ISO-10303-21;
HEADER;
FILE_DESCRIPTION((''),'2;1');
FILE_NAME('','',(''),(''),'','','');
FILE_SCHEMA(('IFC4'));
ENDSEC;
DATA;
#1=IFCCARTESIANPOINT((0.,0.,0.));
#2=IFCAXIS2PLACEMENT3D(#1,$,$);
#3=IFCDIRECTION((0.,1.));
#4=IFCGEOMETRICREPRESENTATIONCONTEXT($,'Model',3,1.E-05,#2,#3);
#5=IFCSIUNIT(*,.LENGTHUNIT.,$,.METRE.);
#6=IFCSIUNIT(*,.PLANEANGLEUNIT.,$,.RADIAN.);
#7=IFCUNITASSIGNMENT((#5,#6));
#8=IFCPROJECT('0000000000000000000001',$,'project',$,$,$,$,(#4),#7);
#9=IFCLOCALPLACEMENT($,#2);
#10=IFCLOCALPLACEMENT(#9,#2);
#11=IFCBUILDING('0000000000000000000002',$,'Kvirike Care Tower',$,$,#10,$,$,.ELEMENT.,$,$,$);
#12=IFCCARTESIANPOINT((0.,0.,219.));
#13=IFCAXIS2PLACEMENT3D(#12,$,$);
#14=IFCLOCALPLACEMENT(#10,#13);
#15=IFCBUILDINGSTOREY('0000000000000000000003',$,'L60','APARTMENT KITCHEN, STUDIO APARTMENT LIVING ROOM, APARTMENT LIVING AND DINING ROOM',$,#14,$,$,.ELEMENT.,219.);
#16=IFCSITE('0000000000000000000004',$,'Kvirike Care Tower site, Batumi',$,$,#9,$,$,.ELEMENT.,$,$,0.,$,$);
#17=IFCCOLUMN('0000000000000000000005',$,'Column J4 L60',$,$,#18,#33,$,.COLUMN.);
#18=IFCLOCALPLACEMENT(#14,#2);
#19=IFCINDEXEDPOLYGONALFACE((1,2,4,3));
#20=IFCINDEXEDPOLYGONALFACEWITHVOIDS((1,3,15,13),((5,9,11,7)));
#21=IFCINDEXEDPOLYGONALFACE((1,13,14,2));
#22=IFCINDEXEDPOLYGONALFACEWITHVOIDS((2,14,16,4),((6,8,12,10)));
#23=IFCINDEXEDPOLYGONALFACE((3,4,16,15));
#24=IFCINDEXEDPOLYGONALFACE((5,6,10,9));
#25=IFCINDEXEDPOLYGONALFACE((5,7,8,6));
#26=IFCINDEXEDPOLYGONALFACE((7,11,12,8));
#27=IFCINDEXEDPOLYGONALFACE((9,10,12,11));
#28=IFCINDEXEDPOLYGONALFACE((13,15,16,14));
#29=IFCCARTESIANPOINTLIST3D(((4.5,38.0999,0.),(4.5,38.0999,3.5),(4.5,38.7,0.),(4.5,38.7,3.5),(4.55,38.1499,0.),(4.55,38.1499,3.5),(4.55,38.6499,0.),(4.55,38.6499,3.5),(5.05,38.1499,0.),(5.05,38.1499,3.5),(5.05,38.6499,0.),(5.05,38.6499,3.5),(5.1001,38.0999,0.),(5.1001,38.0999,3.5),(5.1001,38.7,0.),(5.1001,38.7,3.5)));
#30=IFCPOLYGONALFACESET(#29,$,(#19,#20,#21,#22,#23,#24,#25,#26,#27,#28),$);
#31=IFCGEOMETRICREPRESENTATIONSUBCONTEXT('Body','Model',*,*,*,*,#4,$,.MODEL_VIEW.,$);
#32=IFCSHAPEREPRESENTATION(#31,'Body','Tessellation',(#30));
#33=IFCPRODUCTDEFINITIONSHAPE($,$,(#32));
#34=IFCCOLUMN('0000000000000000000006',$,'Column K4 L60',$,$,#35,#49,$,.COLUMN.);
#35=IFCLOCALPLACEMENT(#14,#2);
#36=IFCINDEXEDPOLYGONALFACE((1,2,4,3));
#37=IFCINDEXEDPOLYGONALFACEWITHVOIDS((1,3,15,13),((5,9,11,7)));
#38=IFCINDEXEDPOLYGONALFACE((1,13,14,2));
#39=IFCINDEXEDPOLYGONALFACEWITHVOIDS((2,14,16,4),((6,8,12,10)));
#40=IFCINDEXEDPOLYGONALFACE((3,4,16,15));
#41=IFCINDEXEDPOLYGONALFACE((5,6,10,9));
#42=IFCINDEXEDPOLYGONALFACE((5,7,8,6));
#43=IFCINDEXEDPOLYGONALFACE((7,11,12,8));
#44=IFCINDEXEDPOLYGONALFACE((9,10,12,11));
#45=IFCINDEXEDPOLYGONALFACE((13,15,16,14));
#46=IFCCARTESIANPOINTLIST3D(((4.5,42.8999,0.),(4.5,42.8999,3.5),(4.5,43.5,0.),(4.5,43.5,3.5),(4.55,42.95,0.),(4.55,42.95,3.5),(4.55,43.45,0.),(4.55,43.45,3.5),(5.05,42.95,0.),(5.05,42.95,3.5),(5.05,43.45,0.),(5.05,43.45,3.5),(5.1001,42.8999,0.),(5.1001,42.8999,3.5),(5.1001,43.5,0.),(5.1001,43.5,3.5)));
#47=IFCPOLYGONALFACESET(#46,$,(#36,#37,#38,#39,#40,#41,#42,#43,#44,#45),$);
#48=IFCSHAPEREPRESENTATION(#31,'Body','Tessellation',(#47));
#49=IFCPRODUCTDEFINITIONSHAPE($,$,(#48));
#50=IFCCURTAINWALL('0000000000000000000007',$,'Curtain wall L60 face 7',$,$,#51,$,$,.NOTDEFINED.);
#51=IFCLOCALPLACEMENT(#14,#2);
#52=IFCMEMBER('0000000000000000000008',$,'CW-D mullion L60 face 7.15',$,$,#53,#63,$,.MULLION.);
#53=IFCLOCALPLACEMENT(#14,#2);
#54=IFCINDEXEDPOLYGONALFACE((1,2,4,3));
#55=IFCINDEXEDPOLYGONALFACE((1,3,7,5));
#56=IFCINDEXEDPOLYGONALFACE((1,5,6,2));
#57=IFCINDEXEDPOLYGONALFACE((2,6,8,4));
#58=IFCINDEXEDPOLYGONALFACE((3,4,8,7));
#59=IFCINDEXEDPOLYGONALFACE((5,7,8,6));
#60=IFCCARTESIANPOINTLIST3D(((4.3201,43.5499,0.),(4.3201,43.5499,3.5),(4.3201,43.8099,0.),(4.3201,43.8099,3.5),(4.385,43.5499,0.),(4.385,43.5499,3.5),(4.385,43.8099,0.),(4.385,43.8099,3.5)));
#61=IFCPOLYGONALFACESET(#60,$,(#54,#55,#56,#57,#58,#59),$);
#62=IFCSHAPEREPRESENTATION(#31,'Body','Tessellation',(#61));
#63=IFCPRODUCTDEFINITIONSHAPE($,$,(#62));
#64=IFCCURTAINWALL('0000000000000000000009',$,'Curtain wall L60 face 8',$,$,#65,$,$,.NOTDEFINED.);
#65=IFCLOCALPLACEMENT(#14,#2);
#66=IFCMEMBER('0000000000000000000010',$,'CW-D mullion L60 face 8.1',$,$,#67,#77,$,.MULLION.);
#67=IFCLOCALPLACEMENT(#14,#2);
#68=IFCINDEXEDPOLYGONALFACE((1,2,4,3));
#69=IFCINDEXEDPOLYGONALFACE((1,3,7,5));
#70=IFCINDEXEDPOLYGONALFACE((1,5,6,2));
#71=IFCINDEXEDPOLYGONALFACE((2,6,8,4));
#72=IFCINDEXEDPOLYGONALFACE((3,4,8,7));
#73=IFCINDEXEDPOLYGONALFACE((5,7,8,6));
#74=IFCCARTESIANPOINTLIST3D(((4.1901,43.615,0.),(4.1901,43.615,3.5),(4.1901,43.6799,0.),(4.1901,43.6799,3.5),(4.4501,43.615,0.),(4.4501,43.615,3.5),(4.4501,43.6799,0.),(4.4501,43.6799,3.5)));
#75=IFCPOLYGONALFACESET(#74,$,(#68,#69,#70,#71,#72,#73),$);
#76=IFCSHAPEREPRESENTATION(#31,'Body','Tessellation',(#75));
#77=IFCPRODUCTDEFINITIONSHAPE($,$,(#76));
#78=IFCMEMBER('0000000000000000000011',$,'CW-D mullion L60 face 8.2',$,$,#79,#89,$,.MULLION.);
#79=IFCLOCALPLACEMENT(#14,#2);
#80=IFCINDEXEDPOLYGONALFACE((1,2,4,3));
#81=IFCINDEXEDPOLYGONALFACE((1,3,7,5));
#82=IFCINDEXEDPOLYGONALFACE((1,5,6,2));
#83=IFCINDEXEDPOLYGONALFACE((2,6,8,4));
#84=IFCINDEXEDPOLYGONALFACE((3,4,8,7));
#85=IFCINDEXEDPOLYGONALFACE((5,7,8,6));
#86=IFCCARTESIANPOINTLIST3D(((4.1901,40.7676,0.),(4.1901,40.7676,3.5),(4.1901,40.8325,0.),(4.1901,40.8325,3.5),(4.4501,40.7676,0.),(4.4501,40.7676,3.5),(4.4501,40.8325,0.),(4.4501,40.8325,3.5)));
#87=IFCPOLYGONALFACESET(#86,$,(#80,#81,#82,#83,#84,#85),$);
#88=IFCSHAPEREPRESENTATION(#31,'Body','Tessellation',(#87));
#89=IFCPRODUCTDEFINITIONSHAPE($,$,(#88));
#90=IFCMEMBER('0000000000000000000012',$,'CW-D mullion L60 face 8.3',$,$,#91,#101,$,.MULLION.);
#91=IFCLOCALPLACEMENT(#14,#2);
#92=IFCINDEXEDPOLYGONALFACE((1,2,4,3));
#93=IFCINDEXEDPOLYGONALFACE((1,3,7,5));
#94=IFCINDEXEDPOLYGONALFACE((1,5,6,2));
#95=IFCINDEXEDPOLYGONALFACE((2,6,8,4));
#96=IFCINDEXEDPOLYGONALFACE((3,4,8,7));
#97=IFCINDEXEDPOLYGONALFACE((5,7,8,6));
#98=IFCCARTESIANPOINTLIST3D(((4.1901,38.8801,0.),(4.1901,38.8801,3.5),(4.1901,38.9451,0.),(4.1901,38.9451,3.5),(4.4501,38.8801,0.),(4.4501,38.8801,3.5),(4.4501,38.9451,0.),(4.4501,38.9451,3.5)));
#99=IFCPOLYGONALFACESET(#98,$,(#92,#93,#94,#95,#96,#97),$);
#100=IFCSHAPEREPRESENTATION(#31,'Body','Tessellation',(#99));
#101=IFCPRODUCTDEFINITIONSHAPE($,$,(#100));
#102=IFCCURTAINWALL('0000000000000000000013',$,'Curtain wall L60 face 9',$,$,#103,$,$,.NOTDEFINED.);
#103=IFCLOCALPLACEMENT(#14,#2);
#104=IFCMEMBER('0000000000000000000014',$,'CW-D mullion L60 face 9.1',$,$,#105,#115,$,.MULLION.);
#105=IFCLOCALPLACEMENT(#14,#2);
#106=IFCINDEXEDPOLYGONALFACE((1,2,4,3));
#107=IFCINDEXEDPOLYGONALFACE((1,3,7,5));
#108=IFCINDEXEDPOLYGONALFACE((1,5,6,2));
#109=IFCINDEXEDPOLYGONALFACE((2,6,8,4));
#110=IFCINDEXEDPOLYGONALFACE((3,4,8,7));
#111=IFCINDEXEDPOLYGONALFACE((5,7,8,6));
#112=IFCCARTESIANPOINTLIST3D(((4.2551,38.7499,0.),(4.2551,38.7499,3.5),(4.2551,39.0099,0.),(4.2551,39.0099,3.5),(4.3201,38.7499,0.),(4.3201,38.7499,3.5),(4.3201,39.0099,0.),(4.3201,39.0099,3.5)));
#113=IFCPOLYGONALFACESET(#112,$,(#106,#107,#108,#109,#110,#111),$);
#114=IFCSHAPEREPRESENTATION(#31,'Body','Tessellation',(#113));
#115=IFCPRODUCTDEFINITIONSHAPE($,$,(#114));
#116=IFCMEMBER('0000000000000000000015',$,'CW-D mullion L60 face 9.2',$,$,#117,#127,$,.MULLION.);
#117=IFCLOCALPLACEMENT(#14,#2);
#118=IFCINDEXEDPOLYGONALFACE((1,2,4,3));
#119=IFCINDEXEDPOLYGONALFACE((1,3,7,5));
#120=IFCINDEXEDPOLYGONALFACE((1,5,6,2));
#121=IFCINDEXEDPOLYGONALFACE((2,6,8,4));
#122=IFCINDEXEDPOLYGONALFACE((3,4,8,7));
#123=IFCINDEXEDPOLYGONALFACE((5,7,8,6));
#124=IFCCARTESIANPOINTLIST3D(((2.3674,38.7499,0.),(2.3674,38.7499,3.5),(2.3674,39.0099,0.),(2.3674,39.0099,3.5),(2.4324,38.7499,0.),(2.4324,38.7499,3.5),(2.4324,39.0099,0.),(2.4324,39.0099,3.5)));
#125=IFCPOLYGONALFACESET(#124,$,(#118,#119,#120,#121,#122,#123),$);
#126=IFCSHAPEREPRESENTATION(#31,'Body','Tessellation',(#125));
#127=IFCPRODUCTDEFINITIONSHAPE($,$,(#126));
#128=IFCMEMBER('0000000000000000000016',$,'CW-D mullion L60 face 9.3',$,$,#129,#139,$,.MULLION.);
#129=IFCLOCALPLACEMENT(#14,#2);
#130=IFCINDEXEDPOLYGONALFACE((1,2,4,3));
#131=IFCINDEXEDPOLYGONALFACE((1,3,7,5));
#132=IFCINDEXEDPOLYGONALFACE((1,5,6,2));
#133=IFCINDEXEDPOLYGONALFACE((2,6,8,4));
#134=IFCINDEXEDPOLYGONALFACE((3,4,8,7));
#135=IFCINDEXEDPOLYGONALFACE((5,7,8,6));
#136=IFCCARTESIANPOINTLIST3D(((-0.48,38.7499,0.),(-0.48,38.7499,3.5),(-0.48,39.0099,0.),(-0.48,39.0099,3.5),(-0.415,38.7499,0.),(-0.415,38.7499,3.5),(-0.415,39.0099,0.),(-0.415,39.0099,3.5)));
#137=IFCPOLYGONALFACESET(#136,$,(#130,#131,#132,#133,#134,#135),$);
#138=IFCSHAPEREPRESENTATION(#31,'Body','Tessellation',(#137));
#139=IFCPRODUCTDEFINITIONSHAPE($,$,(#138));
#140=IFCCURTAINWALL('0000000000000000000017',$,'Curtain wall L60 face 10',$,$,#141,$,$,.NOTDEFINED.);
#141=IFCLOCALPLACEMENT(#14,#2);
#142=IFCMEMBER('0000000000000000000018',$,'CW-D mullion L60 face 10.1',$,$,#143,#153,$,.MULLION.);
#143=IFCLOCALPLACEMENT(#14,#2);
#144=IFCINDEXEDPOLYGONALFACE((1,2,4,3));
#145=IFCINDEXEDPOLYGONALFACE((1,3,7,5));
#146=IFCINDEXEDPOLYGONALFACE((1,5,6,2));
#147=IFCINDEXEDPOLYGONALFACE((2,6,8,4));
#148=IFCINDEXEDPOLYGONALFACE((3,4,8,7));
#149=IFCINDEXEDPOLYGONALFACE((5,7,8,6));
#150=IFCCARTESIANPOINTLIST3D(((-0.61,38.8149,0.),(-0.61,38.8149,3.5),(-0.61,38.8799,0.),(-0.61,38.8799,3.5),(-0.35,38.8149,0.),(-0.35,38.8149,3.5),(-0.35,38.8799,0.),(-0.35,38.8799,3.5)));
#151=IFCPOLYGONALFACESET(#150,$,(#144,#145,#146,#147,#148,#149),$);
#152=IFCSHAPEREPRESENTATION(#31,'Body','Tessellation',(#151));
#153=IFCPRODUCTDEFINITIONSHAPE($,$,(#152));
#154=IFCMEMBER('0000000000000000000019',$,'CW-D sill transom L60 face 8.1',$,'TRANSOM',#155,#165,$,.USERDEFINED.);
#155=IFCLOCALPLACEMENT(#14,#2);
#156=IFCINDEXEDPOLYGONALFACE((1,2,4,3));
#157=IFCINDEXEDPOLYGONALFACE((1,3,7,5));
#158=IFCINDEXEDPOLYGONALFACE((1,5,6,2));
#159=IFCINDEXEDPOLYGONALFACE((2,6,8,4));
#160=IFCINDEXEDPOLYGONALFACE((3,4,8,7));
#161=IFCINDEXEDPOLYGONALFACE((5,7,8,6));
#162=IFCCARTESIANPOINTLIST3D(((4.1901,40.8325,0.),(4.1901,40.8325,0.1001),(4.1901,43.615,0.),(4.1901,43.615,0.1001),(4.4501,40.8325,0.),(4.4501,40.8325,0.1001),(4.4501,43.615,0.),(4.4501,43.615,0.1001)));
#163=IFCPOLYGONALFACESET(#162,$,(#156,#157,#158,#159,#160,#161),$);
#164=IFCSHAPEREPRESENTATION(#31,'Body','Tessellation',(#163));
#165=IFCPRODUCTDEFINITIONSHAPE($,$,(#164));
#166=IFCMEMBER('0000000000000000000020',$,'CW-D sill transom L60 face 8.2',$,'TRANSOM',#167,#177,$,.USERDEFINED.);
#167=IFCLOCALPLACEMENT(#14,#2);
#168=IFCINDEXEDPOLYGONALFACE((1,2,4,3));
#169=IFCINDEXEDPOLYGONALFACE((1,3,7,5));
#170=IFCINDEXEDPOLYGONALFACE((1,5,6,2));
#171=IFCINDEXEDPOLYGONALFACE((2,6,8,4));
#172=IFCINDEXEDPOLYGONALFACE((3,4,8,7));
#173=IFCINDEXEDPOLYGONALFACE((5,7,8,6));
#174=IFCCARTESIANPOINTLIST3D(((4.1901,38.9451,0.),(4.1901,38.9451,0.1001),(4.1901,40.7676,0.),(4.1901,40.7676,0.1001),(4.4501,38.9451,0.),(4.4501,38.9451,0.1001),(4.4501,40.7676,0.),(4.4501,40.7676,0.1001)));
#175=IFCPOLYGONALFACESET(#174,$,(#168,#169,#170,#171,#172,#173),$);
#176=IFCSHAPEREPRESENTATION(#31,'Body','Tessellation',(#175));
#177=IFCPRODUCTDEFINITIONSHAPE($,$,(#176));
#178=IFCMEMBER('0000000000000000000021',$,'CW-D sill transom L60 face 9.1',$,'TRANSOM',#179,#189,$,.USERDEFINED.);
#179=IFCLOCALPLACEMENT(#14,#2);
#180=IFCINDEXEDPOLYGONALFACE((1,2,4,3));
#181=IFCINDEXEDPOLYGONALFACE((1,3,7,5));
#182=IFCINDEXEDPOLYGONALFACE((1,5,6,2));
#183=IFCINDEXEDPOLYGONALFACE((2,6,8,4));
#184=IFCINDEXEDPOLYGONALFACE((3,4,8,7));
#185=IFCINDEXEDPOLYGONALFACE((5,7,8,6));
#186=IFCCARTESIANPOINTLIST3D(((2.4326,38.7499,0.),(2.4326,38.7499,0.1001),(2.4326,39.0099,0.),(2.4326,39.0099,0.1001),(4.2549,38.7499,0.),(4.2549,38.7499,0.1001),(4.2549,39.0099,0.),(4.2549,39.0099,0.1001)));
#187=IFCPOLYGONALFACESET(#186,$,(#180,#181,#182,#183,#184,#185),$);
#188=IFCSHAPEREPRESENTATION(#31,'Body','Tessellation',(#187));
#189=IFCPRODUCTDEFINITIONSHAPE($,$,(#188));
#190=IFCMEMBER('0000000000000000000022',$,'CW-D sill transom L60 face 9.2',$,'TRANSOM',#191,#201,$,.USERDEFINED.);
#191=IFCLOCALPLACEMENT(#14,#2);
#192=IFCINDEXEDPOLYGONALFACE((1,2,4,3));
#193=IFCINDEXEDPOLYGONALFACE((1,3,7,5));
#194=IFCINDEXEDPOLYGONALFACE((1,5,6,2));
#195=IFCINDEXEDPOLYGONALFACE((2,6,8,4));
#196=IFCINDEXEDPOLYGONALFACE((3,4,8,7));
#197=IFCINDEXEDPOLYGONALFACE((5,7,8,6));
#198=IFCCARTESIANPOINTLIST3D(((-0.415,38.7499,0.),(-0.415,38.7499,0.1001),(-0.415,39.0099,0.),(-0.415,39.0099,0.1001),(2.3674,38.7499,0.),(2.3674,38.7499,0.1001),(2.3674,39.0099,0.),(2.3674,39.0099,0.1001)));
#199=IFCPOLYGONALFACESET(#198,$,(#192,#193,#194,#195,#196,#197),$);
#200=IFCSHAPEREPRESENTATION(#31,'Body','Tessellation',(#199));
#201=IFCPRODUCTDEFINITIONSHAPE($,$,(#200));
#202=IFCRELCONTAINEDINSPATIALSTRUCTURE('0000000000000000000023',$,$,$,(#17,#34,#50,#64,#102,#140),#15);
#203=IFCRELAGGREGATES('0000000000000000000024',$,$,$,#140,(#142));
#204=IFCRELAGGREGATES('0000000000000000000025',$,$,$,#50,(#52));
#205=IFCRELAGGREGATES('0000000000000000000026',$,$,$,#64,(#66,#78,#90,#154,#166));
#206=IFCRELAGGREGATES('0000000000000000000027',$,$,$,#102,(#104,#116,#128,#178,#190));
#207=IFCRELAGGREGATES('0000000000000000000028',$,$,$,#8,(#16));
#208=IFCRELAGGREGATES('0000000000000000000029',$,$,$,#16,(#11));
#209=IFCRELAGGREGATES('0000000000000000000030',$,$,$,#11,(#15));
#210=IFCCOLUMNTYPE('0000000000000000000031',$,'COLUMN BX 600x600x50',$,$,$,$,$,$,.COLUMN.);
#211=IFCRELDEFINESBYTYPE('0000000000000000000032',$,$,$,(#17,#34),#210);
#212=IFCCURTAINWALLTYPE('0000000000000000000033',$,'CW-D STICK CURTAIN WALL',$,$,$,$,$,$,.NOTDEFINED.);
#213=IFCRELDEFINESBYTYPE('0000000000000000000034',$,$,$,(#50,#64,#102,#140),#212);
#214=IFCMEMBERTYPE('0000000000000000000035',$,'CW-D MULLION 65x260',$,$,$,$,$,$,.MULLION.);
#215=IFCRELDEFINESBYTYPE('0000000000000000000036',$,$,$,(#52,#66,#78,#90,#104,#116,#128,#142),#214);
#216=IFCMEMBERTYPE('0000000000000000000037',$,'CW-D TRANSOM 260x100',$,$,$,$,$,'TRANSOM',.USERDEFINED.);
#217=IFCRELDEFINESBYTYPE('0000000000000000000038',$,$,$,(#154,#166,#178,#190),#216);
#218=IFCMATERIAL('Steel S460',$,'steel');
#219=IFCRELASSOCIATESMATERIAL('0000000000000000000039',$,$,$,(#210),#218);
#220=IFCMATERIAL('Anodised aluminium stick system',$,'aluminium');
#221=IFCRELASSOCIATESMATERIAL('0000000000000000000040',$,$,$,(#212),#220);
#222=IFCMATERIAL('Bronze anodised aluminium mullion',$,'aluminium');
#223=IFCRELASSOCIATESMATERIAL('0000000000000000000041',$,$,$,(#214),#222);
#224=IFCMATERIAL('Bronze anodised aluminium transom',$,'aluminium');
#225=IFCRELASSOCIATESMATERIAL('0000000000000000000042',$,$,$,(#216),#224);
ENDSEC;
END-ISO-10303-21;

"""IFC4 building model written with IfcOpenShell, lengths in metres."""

from ifc_helpers import new_model, si_unit, direction, frame, origin, origin_2d, place, context, subcontext, project, spatial, rectangle, hollow_rectangle, extrude, material, material_profile, profile_set, type_object, element, aggregate, save


model = new_model("IFC4")

# Units and contexts
model_context = context("Model", 3, precision=1e-05, world=origin(), true_north=direction((0.0, 1.0)))
body_context = subcontext(model_context, "Body", "Model", "MODEL_VIEW")
ifc_project = project(units=[si_unit("LENGTHUNIT", "METRE"), si_unit("PLANEANGLEUNIT", "RADIAN")], contexts=[model_context])

# Site, building, storey
site_placement = place(None, origin())
site = spatial("IfcSite", under=ifc_project, at=site_placement, Name="Kvirike Care Tower site, Batumi", CompositionType="ELEMENT", RefElevation=0.0)
building_placement = place(site_placement, origin())
building = spatial("IfcBuilding", under=site, at=building_placement, Name="Kvirike Care Tower", CompositionType="ELEMENT")
storey_placement = place(building_placement, frame((0.0, 0.0, 219.0)))
storey = spatial("IfcBuildingStorey", under=building, at=storey_placement, Name="L60", Description="APARTMENT KITCHEN, STUDIO APARTMENT LIVING ROOM, APARTMENT LIVING AND DINING ROOM", CompositionType="ELEMENT", Elevation=219.0)

# Columns
ifc_material_1 = material(Name="Steel S460", Category="steel")
ifc_material_profile_1 = material_profile(ifc_material_1, hollow_rectangle(XDim=0.6001, YDim=0.6001, WallThickness=0.05, at=origin_2d()), Name="BX 600x600x50")
ifc_profile_set_1 = profile_set([ifc_material_profile_1], Name="Steel S460")
column_type = type_object("IfcColumnType", Name="COLUMN BX 600x600x50", PredefinedType="COLUMN", material=ifc_profile_set_1)
for number, where, z_axis, x_axis, name in (
    (1, (4.8, 38.3999, 0.0), (0.0, 0.0, 1.0), (0.0, 1.0, 0.0), "Column J4 L60"),
    (2, (4.8, 43.2, 0.0), (0.0, 0.0, 1.0), (0.0, 1.0, 0.0), "Column K4 L60"),
):
    element("IfcColumn", number, at=place(storey_placement, frame(where, z_axis=z_axis, x_axis=x_axis)), inside=storey, type_object=column_type, Name=name, PredefinedType="COLUMN", context=body_context, shape_type="SweptSolid", body=[
        extrude(hollow_rectangle(XDim=0.6001, YDim=0.6001, WallThickness=0.05, at=origin_2d()), origin(), (0.0, 0.0, 1.0), 3.5),
    ])

# Curtain wall, member
ifc_material_2 = material(Name="Anodised aluminium stick system", Category="aluminium")
curtain_wall_type = type_object("IfcCurtainWallType", Name="CW-D STICK CURTAIN WALL", PredefinedType="NOTDEFINED", material=ifc_material_2)
curtain_wall_1_placement = place(storey_placement, origin())
curtain_wall_1 = element("IfcCurtainWall", 3, at=curtain_wall_1_placement, inside=storey, type_object=curtain_wall_type, Name="Curtain wall L60 face 7", PredefinedType="NOTDEFINED")
ifc_material_3 = material(Name="Bronze anodised aluminium mullion", Category="aluminium")
ifc_material_profile_2 = material_profile(ifc_material_3, rectangle(XDim=0.0649, YDim=0.26, at=origin_2d()), Name="CW-D MULLION 65x260")
ifc_profile_set_2 = profile_set([ifc_material_profile_2], Name="Bronze anodised aluminium mullion")
member_type_1 = type_object("IfcMemberType", Name="CW-D MULLION 65x260", PredefinedType="MULLION", material=ifc_profile_set_2)
member_1_placement = place(storey_placement, frame((4.3525, 43.6799, 0.0), z_axis=(0.0, 0.0, 1.0), x_axis=(-1.0, 0.0, 0.0)))
member_1 = element("IfcMember", 4, at=member_1_placement, type_object=member_type_1, Name="CW-D mullion L60 face 7.15", PredefinedType="MULLION", context=body_context, shape_type="SweptSolid", body=[
    extrude(rectangle(XDim=0.0649, YDim=0.26, at=origin_2d()), origin(), (0.0, 0.0, 1.0), 3.5),
])

# Curtain walls, members
curtain_wall_2_placement = place(storey_placement, origin())
curtain_wall_2 = element("IfcCurtainWall", 5, at=curtain_wall_2_placement, inside=storey, type_object=curtain_wall_type, Name="Curtain wall L60 face 8", PredefinedType="NOTDEFINED")
member_2_placement = place(storey_placement, frame((4.3201, 43.6475, 0.0), z_axis=(0.0, 0.0, 1.0), x_axis=(0.0, -1.0, 0.0)))
member_2 = element("IfcMember", 6, at=member_2_placement, type_object=member_type_1, Name="CW-D mullion L60 face 8.1", PredefinedType="MULLION", context=body_context, shape_type="SweptSolid", body=[
    extrude(rectangle(XDim=0.0649, YDim=0.26, at=origin_2d()), origin(), (0.0, 0.0, 1.0), 3.5),
])
member_3_placement = place(storey_placement, frame((4.3201, 40.8, 0.0), z_axis=(0.0, 0.0, 1.0), x_axis=(0.0, -1.0, 0.0)))
member_3 = element("IfcMember", 7, at=member_3_placement, type_object=member_type_1, Name="CW-D mullion L60 face 8.2", PredefinedType="MULLION", context=body_context, shape_type="SweptSolid", body=[
    extrude(rectangle(XDim=0.0649, YDim=0.26, at=origin_2d()), origin(), (0.0, 0.0, 1.0), 3.5),
])
member_4_placement = place(storey_placement, frame((4.3201, 38.9126, 0.0), z_axis=(0.0, 0.0, 1.0), x_axis=(0.0, -1.0, 0.0)))
member_4 = element("IfcMember", 8, at=member_4_placement, type_object=member_type_1, Name="CW-D mullion L60 face 8.3", PredefinedType="MULLION", context=body_context, shape_type="SweptSolid", body=[
    extrude(rectangle(XDim=0.0649, YDim=0.26, at=origin_2d()), origin(), (0.0, 0.0, 1.0), 3.5),
])
curtain_wall_3_placement = place(storey_placement, origin())
curtain_wall_3 = element("IfcCurtainWall", 9, at=curtain_wall_3_placement, inside=storey, type_object=curtain_wall_type, Name="Curtain wall L60 face 9", PredefinedType="NOTDEFINED")
member_5_placement = place(storey_placement, frame((4.2876, 38.8799, 0.0), z_axis=(0.0, 0.0, 1.0), x_axis=(-1.0, 0.0, 0.0)))
member_5 = element("IfcMember", 10, at=member_5_placement, type_object=member_type_1, Name="CW-D mullion L60 face 9.1", PredefinedType="MULLION", context=body_context, shape_type="SweptSolid", body=[
    extrude(rectangle(XDim=0.0649, YDim=0.26, at=origin_2d()), origin(), (0.0, 0.0, 1.0), 3.5),
])
member_6_placement = place(storey_placement, frame((2.3999, 38.8799, 0.0), z_axis=(0.0, 0.0, 1.0), x_axis=(-1.0, 0.0, 0.0)))
member_6 = element("IfcMember", 11, at=member_6_placement, type_object=member_type_1, Name="CW-D mullion L60 face 9.2", PredefinedType="MULLION", context=body_context, shape_type="SweptSolid", body=[
    extrude(rectangle(XDim=0.0649, YDim=0.26, at=origin_2d()), origin(), (0.0, 0.0, 1.0), 3.5),
])
member_7_placement = place(storey_placement, frame((-0.4475, 38.8799, 0.0), z_axis=(0.0, 0.0, 1.0), x_axis=(-1.0, 0.0, 0.0)))
member_7 = element("IfcMember", 12, at=member_7_placement, type_object=member_type_1, Name="CW-D mullion L60 face 9.3", PredefinedType="MULLION", context=body_context, shape_type="SweptSolid", body=[
    extrude(rectangle(XDim=0.0649, YDim=0.26, at=origin_2d()), origin(), (0.0, 0.0, 1.0), 3.5),
])

# Curtain wall, member
curtain_wall_4_placement = place(storey_placement, origin())
curtain_wall_4 = element("IfcCurtainWall", 13, at=curtain_wall_4_placement, inside=storey, type_object=curtain_wall_type, Name="Curtain wall L60 face 10", PredefinedType="NOTDEFINED")
member_8_placement = place(storey_placement, frame((-0.48, 38.8474, 0.0), z_axis=(0.0, 0.0, 1.0), x_axis=(0.0, -1.0, 0.0)))
member_8 = element("IfcMember", 14, at=member_8_placement, type_object=member_type_1, Name="CW-D mullion L60 face 10.1", PredefinedType="MULLION", context=body_context, shape_type="SweptSolid", body=[
    extrude(rectangle(XDim=0.0649, YDim=0.26, at=origin_2d()), origin(), (0.0, 0.0, 1.0), 3.5),
])

# Members
ifc_material_4 = material(Name="Bronze anodised aluminium transom", Category="aluminium")
ifc_material_profile_3 = material_profile(ifc_material_4, rectangle(XDim=0.26, YDim=0.1001, at=origin_2d()), Name="CW-D TRANSOM 260x100")
ifc_profile_set_3 = profile_set([ifc_material_profile_3], Name="Bronze anodised aluminium transom")
member_type_2 = type_object("IfcMemberType", Name="CW-D TRANSOM 260x100", ElementType="TRANSOM", PredefinedType="USERDEFINED", material=ifc_profile_set_3)
member_9_placement = place(storey_placement, frame((4.3201, 43.615, 0.05), z_axis=(0.0, -1.0, 0.0), x_axis=(1.0, 0.0, 0.0)))
member_9 = element("IfcMember", 15, at=member_9_placement, type_object=member_type_2, Name="CW-D sill transom L60 face 8.1", ObjectType="TRANSOM", PredefinedType="USERDEFINED", context=body_context, shape_type="SweptSolid", body=[
    extrude(rectangle(XDim=0.26, YDim=0.1001, at=origin_2d()), origin(), (0.0, 0.0, 1.0), 2.7825),
])
member_10_placement = place(storey_placement, frame((4.3201, 40.7676, 0.05), z_axis=(0.0, -1.0, 0.0), x_axis=(1.0, 0.0, 0.0)))
member_10 = element("IfcMember", 16, at=member_10_placement, type_object=member_type_2, Name="CW-D sill transom L60 face 8.2", ObjectType="TRANSOM", PredefinedType="USERDEFINED", context=body_context, shape_type="SweptSolid", body=[
    extrude(rectangle(XDim=0.26, YDim=0.1001, at=origin_2d()), origin(), (0.0, 0.0, 1.0), 1.8225),
])
member_11_placement = place(storey_placement, frame((4.2549, 38.8799, 0.05), z_axis=(-1.0, 0.0, 0.0), x_axis=(0.0, -1.0, 0.0)))
member_11 = element("IfcMember", 17, at=member_11_placement, type_object=member_type_2, Name="CW-D sill transom L60 face 9.1", ObjectType="TRANSOM", PredefinedType="USERDEFINED", context=body_context, shape_type="SweptSolid", body=[
    extrude(rectangle(XDim=0.26, YDim=0.1001, at=origin_2d()), origin(), (0.0, 0.0, 1.0), 1.8223),
])
member_12_placement = place(storey_placement, frame((2.3674, 38.8799, 0.05), z_axis=(-1.0, 0.0, 0.0), x_axis=(0.0, -1.0, 0.0)))
member_12 = element("IfcMember", 18, at=member_12_placement, type_object=member_type_2, Name="CW-D sill transom L60 face 9.2", ObjectType="TRANSOM", PredefinedType="USERDEFINED", context=body_context, shape_type="SweptSolid", body=[
    extrude(rectangle(XDim=0.26, YDim=0.1001, at=origin_2d()), origin(), (0.0, 0.0, 1.0), 2.7825),
])
aggregate(curtain_wall_4, [member_8])

aggregate(curtain_wall_1, [member_1])
aggregate(curtain_wall_2, [member_2, member_3, member_4, member_9, member_10])
aggregate(curtain_wall_3, [member_5, member_6, member_7, member_11, member_12])

save(model, "model.ifc")
